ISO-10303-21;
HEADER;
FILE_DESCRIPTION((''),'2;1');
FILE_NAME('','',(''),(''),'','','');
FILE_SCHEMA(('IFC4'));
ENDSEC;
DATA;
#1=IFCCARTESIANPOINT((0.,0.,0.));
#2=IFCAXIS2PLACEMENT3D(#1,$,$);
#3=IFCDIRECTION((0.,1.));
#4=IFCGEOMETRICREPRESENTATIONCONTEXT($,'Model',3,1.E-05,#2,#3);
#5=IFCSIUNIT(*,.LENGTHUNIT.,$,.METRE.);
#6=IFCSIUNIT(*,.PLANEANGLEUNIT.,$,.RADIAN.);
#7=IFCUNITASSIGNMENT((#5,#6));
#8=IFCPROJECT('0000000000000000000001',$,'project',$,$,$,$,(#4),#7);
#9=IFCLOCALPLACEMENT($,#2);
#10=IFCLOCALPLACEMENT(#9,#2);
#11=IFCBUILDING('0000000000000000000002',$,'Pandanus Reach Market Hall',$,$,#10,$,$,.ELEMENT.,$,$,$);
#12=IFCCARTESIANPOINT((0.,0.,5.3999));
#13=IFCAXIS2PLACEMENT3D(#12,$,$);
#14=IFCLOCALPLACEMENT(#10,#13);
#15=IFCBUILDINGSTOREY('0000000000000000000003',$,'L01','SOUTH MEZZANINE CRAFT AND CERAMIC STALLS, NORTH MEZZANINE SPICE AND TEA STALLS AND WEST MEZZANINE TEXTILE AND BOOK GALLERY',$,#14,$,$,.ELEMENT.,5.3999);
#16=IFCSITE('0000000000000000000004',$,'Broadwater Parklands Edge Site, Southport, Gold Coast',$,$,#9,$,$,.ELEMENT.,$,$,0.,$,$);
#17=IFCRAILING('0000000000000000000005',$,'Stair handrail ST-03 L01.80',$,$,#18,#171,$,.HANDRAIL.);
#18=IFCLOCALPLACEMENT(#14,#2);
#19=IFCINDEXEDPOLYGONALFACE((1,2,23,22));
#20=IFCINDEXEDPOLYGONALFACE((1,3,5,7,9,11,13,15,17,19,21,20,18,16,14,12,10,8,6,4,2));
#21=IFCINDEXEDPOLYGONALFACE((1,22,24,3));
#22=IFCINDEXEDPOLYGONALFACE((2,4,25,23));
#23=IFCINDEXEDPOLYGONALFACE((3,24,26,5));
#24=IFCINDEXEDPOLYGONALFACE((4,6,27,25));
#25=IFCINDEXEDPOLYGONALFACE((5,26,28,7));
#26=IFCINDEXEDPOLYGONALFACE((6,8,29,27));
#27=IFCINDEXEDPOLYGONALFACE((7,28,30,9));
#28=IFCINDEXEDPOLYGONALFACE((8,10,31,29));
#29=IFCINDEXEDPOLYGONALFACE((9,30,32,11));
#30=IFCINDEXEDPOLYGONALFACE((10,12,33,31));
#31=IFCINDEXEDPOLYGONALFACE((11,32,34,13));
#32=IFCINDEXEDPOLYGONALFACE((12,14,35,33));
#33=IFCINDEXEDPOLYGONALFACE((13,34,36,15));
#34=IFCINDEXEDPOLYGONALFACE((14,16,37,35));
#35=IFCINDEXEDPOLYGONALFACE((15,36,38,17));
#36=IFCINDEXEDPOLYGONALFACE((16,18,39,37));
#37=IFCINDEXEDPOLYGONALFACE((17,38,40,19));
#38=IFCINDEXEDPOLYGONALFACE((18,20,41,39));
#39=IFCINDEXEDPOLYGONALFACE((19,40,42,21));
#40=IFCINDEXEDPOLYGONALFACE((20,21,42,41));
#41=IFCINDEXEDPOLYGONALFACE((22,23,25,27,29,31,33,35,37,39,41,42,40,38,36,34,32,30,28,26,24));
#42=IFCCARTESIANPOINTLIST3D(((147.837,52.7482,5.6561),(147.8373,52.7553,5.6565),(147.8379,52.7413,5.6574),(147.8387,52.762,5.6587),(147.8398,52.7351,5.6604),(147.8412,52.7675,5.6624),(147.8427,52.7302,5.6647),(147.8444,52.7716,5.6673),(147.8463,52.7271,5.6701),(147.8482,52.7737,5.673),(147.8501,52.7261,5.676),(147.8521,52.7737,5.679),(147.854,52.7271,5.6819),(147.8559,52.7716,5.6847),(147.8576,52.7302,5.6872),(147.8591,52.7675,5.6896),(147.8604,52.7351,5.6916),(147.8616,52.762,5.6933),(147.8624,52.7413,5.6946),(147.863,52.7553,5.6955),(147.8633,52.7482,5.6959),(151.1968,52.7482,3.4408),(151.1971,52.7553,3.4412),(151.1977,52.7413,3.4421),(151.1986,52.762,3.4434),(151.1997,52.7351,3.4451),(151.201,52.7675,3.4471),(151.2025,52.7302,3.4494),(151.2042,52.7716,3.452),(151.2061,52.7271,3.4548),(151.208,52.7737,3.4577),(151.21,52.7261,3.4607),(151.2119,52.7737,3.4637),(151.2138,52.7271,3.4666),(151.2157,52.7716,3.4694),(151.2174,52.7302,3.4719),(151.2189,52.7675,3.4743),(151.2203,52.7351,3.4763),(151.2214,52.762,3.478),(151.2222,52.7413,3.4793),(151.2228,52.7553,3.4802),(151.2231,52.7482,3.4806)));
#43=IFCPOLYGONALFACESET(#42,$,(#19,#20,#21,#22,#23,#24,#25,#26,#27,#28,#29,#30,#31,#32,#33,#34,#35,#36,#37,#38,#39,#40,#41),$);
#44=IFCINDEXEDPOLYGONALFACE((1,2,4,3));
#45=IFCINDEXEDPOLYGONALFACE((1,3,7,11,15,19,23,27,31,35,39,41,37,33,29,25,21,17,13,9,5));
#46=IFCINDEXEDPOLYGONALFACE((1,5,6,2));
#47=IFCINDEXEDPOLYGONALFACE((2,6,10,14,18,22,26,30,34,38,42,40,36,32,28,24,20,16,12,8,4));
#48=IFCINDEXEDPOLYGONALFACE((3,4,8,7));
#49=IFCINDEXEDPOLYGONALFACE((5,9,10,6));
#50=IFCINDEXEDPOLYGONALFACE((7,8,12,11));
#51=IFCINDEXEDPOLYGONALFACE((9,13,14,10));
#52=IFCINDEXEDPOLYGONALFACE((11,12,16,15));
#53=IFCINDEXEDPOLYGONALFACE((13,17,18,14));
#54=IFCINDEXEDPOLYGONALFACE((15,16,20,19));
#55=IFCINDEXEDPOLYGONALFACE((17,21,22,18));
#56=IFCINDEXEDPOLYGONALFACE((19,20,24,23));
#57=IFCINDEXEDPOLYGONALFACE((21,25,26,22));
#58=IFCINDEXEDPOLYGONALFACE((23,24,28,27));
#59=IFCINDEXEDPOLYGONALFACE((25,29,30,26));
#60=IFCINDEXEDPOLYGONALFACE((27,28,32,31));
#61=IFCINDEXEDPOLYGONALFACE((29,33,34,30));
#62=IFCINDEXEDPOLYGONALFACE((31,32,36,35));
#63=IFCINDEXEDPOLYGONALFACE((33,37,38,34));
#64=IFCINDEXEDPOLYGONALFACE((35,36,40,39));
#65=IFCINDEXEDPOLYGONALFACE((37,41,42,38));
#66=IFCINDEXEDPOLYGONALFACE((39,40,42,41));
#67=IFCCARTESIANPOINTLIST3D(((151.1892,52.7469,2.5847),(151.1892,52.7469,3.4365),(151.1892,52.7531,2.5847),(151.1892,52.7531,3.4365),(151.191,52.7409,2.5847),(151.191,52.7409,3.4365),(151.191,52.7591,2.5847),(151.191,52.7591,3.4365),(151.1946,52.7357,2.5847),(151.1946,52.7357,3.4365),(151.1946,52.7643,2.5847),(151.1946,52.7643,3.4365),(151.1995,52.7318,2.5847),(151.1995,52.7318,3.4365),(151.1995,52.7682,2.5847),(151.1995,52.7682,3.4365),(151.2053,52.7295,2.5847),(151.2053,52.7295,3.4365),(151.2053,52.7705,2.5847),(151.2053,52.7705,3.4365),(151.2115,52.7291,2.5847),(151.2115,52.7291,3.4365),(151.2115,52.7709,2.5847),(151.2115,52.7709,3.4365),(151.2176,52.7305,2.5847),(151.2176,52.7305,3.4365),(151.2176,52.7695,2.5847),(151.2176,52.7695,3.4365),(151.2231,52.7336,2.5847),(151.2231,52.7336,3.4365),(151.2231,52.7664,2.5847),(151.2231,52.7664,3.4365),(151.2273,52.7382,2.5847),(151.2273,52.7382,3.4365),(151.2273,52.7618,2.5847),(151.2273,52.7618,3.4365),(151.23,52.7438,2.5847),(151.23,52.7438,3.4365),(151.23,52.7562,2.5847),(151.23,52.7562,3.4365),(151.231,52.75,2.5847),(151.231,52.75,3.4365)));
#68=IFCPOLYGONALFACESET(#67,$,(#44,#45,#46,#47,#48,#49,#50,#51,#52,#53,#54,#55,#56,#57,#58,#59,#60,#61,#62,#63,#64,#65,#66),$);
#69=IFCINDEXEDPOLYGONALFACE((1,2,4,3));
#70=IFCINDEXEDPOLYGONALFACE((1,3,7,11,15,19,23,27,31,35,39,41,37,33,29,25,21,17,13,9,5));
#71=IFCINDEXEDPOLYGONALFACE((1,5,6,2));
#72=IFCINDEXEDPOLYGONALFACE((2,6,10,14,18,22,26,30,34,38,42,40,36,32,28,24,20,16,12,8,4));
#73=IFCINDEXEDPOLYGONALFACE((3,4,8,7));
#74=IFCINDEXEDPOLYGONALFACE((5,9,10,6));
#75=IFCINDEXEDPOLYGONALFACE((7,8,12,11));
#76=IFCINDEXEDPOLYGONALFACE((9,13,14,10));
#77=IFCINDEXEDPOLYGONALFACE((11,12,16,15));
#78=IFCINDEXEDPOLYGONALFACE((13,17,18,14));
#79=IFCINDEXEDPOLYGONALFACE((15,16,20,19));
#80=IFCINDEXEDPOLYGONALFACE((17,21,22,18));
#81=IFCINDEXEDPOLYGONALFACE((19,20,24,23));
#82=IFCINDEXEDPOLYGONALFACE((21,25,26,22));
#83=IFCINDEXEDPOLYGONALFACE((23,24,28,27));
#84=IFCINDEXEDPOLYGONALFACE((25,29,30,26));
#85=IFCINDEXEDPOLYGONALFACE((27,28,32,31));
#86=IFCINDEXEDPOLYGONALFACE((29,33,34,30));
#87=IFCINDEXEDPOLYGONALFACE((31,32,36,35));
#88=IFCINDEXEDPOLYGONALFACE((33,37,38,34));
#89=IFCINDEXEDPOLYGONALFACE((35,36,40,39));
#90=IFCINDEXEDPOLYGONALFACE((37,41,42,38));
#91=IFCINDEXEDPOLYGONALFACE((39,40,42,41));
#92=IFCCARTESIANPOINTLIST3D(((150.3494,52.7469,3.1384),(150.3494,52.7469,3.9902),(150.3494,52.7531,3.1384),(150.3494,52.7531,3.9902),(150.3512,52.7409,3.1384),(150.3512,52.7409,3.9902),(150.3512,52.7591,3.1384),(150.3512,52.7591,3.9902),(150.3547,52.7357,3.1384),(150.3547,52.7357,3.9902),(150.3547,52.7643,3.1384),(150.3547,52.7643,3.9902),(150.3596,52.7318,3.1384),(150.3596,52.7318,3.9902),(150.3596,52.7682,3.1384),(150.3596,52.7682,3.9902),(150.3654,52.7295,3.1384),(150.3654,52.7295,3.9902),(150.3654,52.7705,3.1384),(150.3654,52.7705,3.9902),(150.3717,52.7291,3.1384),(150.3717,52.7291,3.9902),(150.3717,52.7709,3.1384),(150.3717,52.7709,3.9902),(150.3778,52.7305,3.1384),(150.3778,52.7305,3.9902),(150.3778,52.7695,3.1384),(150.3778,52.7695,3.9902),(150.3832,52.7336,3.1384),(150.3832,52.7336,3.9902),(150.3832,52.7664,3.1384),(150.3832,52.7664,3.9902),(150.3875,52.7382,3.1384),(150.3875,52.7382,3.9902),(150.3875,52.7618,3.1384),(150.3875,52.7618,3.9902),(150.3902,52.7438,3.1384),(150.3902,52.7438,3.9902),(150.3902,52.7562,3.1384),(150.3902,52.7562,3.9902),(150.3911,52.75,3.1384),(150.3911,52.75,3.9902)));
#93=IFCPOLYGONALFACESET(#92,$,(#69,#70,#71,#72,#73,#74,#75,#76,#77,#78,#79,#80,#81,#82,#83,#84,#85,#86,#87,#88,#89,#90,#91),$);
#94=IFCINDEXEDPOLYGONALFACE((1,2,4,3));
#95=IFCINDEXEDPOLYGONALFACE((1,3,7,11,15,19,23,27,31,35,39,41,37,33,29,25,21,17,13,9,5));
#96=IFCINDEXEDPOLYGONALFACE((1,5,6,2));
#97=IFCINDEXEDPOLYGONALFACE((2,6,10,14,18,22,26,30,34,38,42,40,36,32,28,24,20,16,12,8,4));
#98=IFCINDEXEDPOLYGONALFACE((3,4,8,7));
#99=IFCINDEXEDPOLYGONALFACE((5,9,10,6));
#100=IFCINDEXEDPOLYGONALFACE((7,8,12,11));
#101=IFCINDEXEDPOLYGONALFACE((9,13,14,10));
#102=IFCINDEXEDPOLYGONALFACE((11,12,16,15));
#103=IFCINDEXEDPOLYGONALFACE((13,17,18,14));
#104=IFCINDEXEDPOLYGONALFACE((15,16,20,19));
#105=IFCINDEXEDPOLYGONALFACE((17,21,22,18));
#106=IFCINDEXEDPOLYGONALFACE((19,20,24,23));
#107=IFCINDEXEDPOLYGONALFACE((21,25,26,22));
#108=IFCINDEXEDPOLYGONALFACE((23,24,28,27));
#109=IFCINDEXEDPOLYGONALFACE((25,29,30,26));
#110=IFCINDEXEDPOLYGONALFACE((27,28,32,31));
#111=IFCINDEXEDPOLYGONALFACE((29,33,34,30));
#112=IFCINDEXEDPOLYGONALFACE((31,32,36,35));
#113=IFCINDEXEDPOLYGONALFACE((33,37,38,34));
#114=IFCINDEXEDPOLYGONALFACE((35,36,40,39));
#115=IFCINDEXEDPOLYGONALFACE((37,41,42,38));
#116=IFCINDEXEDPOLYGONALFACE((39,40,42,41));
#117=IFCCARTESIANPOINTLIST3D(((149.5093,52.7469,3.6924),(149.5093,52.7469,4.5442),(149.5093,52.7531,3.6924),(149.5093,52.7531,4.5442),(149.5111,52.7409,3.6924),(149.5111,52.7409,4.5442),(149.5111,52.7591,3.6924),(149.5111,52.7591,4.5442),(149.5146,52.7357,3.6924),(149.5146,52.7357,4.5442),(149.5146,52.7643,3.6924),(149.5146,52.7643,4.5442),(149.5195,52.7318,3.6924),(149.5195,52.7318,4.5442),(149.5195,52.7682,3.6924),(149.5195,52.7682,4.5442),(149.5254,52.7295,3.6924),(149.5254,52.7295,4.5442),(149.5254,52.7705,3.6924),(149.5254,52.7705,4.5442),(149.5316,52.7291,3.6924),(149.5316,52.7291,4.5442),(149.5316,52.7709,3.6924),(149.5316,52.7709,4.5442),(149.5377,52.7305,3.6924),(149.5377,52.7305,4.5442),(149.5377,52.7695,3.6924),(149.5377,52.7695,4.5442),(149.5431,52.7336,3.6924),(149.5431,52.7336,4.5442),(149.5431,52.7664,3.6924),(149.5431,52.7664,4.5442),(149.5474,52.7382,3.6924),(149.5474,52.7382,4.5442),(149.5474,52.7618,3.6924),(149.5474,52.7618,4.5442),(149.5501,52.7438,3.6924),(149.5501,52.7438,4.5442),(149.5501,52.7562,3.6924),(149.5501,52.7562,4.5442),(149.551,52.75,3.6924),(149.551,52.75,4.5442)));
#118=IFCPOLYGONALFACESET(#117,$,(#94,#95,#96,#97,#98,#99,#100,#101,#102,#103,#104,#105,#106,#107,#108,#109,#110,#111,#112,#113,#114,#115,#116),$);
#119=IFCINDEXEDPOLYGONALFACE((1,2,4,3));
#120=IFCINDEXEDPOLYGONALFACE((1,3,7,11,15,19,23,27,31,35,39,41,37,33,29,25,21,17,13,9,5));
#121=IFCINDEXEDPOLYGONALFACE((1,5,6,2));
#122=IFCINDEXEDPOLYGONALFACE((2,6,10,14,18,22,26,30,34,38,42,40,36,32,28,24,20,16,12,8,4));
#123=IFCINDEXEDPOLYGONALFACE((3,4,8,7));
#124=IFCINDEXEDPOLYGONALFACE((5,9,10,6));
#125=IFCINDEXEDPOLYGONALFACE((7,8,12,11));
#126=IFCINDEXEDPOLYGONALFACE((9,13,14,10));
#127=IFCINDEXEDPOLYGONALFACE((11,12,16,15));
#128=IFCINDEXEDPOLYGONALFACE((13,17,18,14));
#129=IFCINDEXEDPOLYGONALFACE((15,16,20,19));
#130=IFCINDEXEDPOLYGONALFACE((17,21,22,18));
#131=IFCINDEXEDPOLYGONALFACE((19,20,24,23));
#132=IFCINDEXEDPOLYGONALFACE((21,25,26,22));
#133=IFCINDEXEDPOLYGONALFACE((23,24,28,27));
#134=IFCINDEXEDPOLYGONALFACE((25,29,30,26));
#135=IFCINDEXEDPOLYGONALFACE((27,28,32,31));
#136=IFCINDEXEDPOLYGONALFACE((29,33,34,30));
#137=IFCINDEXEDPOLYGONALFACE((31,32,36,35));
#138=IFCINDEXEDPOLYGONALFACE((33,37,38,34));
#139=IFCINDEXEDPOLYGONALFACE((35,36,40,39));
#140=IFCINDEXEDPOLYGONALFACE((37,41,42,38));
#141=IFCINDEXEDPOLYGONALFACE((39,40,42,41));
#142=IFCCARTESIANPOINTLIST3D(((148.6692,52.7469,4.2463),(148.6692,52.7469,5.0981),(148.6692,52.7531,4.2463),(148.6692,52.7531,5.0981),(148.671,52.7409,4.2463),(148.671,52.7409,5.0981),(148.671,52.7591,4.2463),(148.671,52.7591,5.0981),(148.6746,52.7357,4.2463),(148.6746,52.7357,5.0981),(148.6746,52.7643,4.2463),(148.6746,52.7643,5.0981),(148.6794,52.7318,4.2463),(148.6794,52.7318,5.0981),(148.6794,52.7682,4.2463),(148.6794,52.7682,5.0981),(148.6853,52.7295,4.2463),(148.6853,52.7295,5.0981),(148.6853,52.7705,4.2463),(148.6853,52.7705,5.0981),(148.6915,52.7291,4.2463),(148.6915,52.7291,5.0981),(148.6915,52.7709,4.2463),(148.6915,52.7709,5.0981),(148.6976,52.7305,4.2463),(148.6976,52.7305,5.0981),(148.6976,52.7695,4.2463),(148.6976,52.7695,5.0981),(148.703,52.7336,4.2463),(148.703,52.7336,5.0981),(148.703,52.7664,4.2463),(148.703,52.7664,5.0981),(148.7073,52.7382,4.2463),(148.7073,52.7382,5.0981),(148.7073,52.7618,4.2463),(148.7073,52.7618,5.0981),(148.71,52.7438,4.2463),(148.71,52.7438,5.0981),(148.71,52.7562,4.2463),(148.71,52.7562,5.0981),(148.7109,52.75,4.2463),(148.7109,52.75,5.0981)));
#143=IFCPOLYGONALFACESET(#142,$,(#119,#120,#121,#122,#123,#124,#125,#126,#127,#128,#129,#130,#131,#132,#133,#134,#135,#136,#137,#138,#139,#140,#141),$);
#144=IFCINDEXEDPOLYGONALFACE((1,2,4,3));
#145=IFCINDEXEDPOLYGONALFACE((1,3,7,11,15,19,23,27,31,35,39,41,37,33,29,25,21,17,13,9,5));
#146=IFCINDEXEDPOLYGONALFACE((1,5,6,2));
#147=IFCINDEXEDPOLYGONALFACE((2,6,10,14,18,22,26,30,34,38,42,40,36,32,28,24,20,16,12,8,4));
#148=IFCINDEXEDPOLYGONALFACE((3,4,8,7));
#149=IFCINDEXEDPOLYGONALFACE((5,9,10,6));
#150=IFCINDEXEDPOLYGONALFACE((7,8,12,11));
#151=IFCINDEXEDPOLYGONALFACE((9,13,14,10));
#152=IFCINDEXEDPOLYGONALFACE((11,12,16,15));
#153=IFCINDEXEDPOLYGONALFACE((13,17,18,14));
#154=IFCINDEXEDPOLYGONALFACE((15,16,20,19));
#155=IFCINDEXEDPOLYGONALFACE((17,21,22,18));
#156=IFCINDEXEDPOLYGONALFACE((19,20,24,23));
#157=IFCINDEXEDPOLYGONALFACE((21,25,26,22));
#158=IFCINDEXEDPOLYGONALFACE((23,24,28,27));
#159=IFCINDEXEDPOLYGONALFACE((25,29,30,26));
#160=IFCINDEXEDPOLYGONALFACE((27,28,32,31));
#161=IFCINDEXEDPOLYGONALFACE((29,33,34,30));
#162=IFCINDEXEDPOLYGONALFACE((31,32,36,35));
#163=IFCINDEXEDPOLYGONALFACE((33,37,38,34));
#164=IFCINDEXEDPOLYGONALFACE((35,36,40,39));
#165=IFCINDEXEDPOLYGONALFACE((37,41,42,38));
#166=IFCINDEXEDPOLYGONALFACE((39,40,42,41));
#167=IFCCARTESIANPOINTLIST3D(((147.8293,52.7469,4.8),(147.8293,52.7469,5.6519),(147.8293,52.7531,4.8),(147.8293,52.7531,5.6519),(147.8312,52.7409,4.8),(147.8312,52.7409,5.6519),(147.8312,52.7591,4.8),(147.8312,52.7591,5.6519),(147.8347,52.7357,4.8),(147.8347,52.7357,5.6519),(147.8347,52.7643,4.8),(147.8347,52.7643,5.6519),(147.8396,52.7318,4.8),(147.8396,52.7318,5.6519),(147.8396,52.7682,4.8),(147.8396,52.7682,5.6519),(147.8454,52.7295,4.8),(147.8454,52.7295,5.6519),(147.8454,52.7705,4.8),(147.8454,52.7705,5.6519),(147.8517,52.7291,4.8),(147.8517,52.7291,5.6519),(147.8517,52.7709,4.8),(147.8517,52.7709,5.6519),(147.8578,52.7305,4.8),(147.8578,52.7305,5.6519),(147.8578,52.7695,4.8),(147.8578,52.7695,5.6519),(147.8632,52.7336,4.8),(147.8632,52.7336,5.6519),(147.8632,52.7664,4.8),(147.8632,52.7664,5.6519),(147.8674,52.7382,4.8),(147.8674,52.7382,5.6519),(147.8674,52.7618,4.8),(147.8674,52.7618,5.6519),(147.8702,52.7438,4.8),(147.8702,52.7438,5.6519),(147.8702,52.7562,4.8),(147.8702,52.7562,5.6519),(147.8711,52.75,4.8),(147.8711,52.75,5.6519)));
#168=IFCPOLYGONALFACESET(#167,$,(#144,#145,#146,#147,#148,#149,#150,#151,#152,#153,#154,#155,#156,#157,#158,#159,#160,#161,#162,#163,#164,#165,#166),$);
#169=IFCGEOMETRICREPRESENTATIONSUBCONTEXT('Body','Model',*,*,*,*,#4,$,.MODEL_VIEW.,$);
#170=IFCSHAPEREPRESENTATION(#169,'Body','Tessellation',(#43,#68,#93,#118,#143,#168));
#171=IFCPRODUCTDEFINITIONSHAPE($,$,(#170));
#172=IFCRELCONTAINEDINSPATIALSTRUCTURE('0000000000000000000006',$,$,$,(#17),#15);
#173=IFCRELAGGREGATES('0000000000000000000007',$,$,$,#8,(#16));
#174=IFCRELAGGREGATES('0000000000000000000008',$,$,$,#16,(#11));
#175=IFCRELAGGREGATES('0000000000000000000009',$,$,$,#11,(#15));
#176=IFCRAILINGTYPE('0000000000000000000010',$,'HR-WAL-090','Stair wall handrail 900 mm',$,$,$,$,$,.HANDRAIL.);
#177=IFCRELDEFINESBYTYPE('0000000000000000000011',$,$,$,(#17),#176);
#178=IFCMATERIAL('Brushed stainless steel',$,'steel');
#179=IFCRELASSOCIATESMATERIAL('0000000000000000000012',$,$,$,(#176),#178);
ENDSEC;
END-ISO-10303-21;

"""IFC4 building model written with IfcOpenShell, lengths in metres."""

from ifc_helpers import new_model, si_unit, direction, frame, origin, origin_2d, place, context, subcontext, project, spatial, circle, extrude, material, type_object, element, save


model = new_model("IFC4")

# Units and contexts
model_context = context("Model", 3, precision=1e-05, world=origin(), true_north=direction((0.0, 1.0)))
body_context = subcontext(model_context, "Body", "Model", "MODEL_VIEW")
ifc_project = project(units=[si_unit("LENGTHUNIT", "METRE"), si_unit("PLANEANGLEUNIT", "RADIAN")], contexts=[model_context])

# Site, building, storey
site_placement = place(None, origin())
site = spatial("IfcSite", under=ifc_project, at=site_placement, Name="Broadwater Parklands Edge Site, Southport, Gold Coast", CompositionType="ELEMENT", RefElevation=0.0)
building_placement = place(site_placement, origin())
building = spatial("IfcBuilding", under=site, at=building_placement, Name="Pandanus Reach Market Hall", CompositionType="ELEMENT")
storey_placement = place(building_placement, frame((0.0, 0.0, 5.3999)))
storey = spatial("IfcBuildingStorey", under=building, at=storey_placement, Name="L01", Description="SOUTH MEZZANINE CRAFT AND CERAMIC STALLS, NORTH MEZZANINE SPICE AND TEA STALLS AND WEST MEZZANINE TEXTILE AND BOOK GALLERY", CompositionType="ELEMENT", Elevation=5.3999)

# Railing
ifc_material_1 = material(Name="Brushed stainless steel", Category="steel")
railing_type = type_object("IfcRailingType", Name="HR-WAL-090", Description="Stair wall handrail 900 mm", PredefinedType="HANDRAIL", material=ifc_material_1)
railing_placement = place(storey_placement, frame((151.21, 52.75, 2.5847)))
element("IfcRailing", 1, at=railing_placement, inside=storey, type_object=railing_type, Name="Stair handrail ST-03 L01.80", PredefinedType="HANDRAIL", context=body_context, shape_type="SweptSolid", body=[
    extrude(circle(Radius=0.0239, at=origin_2d()), frame((0.0, 0.0, 0.876), z_axis=(-0.834858, 0.0, 0.550465), x_axis=(0.0, -1.0, 0.0)), (0.0, 0.0, 1.0), 4.0244),
    extrude(circle(Radius=0.021, at=origin_2d()), origin(), (0.0, 0.0, 1.0), 0.8518),
    extrude(circle(Radius=0.021, at=origin_2d()), frame((-0.8398, 0.0, 0.5537)), (0.0, 0.0, 1.0), 0.8518),
    extrude(circle(Radius=0.021, at=origin_2d()), frame((-1.6799, 0.0, 1.1077)), (0.0, 0.0, 1.0), 0.8518),
    extrude(circle(Radius=0.021, at=origin_2d()), frame((-2.52, 0.0, 1.6616)), (0.0, 0.0, 1.0), 0.8518),
    extrude(circle(Radius=0.021, at=origin_2d()), frame((-3.3599, 0.0, 2.2153)), (0.0, 0.0, 1.0), 0.8518),
])

save(model, "model.ifc")
